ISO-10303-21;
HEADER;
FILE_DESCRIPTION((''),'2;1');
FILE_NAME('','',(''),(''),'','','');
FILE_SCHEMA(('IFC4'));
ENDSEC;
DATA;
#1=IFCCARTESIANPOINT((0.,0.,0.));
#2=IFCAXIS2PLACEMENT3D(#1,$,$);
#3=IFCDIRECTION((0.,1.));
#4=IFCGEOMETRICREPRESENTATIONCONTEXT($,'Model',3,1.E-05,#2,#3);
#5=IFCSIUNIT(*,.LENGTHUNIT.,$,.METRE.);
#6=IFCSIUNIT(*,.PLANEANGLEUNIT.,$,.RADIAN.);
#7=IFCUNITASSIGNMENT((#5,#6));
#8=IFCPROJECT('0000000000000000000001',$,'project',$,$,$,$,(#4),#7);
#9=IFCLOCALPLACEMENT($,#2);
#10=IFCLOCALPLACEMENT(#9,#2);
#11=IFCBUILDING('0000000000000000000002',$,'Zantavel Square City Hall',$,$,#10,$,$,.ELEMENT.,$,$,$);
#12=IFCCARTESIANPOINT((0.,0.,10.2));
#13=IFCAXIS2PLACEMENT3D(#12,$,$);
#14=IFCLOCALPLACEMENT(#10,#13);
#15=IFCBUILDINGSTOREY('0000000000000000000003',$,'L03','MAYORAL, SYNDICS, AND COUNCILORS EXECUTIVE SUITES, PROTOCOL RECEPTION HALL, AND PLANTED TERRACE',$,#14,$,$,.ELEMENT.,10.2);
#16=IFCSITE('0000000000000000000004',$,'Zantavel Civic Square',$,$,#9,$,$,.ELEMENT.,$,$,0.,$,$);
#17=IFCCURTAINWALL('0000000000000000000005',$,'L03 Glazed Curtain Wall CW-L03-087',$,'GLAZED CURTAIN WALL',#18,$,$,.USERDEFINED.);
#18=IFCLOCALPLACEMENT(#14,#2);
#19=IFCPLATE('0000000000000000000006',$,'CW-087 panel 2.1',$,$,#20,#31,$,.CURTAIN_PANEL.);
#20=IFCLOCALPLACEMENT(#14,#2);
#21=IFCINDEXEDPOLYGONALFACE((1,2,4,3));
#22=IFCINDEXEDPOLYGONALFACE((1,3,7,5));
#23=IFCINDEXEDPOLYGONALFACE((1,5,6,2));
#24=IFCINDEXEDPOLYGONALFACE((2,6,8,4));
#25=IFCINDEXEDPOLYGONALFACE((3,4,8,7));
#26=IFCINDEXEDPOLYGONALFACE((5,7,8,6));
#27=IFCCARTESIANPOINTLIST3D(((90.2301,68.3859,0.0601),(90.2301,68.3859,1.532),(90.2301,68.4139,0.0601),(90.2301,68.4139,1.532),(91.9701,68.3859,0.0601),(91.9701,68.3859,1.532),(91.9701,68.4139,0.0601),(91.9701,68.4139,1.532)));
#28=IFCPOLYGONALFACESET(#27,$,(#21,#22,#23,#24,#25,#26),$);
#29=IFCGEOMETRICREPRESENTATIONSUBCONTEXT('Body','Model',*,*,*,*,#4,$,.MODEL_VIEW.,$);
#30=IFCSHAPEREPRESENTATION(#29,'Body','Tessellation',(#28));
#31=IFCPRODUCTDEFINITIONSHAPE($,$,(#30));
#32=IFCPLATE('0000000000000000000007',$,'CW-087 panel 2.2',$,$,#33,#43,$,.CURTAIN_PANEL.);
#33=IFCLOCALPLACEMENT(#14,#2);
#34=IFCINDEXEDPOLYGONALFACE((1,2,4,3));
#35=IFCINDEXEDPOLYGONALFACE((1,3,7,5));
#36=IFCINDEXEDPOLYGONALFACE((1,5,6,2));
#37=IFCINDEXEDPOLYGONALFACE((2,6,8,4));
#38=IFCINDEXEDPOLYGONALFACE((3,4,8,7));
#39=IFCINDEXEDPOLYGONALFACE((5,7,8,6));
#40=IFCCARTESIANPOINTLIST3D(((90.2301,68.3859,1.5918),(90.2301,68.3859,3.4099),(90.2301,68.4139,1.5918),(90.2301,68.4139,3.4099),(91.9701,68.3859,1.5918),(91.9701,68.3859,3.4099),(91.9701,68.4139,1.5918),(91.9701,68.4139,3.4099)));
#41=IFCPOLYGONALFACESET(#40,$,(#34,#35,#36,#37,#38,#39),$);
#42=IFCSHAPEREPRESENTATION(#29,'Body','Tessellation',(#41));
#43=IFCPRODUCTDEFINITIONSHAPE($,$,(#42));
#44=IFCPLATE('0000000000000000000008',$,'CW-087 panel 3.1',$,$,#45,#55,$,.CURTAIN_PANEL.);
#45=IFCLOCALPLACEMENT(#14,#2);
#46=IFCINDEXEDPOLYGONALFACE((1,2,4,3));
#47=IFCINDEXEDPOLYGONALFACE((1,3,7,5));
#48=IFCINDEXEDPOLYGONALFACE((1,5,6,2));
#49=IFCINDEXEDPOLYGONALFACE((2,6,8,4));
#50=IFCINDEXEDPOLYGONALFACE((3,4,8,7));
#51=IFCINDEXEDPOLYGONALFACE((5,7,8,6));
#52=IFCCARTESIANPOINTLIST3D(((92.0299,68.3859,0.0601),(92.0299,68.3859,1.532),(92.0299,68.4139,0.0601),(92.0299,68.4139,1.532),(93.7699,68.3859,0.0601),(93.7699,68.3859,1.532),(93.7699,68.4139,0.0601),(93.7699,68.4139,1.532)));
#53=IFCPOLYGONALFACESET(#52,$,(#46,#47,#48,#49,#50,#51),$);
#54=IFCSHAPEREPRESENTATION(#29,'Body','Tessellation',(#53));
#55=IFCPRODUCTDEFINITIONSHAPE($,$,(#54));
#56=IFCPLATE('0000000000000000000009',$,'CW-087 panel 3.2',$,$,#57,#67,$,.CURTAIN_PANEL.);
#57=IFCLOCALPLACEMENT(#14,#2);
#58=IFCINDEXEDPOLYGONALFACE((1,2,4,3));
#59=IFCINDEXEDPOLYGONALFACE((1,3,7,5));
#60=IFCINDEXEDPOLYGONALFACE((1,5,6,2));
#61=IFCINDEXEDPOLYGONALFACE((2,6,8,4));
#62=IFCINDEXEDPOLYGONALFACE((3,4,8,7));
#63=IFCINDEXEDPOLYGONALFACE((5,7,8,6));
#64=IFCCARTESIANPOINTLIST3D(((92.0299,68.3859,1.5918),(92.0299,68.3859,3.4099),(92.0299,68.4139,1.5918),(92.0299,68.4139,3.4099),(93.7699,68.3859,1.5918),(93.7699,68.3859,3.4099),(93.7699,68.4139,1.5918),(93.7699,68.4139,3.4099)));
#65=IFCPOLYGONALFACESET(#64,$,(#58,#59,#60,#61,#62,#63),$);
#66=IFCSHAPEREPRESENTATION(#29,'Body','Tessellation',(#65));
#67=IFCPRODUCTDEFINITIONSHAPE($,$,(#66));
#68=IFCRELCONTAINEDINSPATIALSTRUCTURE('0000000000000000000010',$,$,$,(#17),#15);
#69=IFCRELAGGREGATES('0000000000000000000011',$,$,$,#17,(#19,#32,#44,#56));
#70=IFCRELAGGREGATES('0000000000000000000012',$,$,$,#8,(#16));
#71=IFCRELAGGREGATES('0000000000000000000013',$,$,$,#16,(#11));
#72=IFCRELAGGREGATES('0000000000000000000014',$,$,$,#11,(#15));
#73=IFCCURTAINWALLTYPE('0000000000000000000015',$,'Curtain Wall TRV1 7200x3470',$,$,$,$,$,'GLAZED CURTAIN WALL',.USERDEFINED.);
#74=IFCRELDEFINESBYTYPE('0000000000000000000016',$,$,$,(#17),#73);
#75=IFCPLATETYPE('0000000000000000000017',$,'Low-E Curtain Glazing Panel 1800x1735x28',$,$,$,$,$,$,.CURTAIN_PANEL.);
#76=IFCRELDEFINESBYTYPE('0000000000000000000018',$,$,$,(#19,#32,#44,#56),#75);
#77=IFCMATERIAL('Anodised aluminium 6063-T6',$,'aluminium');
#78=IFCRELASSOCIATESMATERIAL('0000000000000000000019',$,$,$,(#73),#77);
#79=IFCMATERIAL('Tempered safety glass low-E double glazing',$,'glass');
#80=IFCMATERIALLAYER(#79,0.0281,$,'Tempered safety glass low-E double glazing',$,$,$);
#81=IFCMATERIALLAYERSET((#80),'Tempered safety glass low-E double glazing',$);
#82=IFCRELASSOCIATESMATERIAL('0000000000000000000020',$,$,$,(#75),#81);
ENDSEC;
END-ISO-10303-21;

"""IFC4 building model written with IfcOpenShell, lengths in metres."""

from ifc_helpers import new_model, si_unit, direction, frame, origin, origin_2d, place, context, subcontext, project, spatial, rectangle, extrude, material, layer, layer_set, type_object, element, aggregate, save


model = new_model("IFC4")

# Units and contexts
model_context = context("Model", 3, precision=1e-05, world=origin(), true_north=direction((0.0, 1.0)))
body_context = subcontext(model_context, "Body", "Model", "MODEL_VIEW")
ifc_project = project(units=[si_unit("LENGTHUNIT", "METRE"), si_unit("PLANEANGLEUNIT", "RADIAN")], contexts=[model_context])

# Site, building, storey
site_placement = place(None, origin())
site = spatial("IfcSite", under=ifc_project, at=site_placement, Name="Zantavel Civic Square", CompositionType="ELEMENT", RefElevation=0.0)
building_placement = place(site_placement, origin())
building = spatial("IfcBuilding", under=site, at=building_placement, Name="Zantavel Square City Hall", CompositionType="ELEMENT")
storey_placement = place(building_placement, frame((0.0, 0.0, 10.2)))
storey = spatial("IfcBuildingStorey", under=building, at=storey_placement, Name="L03", Description="MAYORAL, SYNDICS, AND COUNCILORS EXECUTIVE SUITES, PROTOCOL RECEPTION HALL, AND PLANTED TERRACE", CompositionType="ELEMENT", Elevation=10.2)

# Shared definitions
ifc_material_1 = material(Name="Anodised aluminium 6063-T6", Category="aluminium")
curtain_wall_type = type_object("IfcCurtainWallType", Name="Curtain Wall TRV1 7200x3470", ElementType="GLAZED CURTAIN WALL", PredefinedType="USERDEFINED", material=ifc_material_1)

# Curtain wall
curtain_wall_1_placement = place(storey_placement, origin())
curtain_wall_1 = element("IfcCurtainWall", 1, at=curtain_wall_1_placement, inside=storey, type_object=curtain_wall_type, Name="L03 Glazed Curtain Wall CW-L03-087", ObjectType="GLAZED CURTAIN WALL", PredefinedType="USERDEFINED")

# Plates
ifc_material_2 = material(Name="Tempered safety glass low-E double glazing", Category="glass")
ifc_layer = layer(ifc_material_2, 0.0281, Name="Tempered safety glass low-E double glazing")
ifc_layer_set = layer_set([ifc_layer], Name="Tempered safety glass low-E double glazing")
plate_type = type_object("IfcPlateType", Name="Low-E Curtain Glazing Panel 1800x1735x28", PredefinedType="CURTAIN_PANEL", material=ifc_layer_set)
plate_1_placement = place(storey_placement, frame((91.1001, 68.3999, 0.0601), z_axis=(0.0, 0.0, 1.0), x_axis=(1.0, 0.0, 0.0)))
plate_1 = element("IfcPlate", 2, at=plate_1_placement, type_object=plate_type, Name="CW-087 panel 2.1", PredefinedType="CURTAIN_PANEL", context=body_context, shape_type="SweptSolid", body=[
    extrude(rectangle(XDim=1.74, YDim=0.0281, at=origin_2d()), origin(), (0.0, 0.0, 1.0), 1.4719),
])
plate_2_placement = place(storey_placement, frame((91.1001, 68.3999, 1.5918), z_axis=(0.0, 0.0, 1.0), x_axis=(1.0, 0.0, 0.0)))
plate_2 = element("IfcPlate", 3, at=plate_2_placement, type_object=plate_type, Name="CW-087 panel 2.2", PredefinedType="CURTAIN_PANEL", context=body_context, shape_type="SweptSolid", body=[
    extrude(rectangle(XDim=1.74, YDim=0.0281, at=origin_2d()), origin(), (0.0, 0.0, 1.0), 1.8181),
])
plate_3_placement = place(storey_placement, frame((92.8999, 68.3999, 0.0601), z_axis=(0.0, 0.0, 1.0), x_axis=(1.0, 0.0, 0.0)))
plate_3 = element("IfcPlate", 4, at=plate_3_placement, type_object=plate_type, Name="CW-087 panel 3.1", PredefinedType="CURTAIN_PANEL", context=body_context, shape_type="SweptSolid", body=[
    extrude(rectangle(XDim=1.74, YDim=0.0281, at=origin_2d()), origin(), (0.0, 0.0, 1.0), 1.4719),
])
plate_4_placement = place(storey_placement, frame((92.8999, 68.3999, 1.5918), z_axis=(0.0, 0.0, 1.0), x_axis=(1.0, 0.0, 0.0)))
plate_4 = element("IfcPlate", 5, at=plate_4_placement, type_object=plate_type, Name="CW-087 panel 3.2", PredefinedType="CURTAIN_PANEL", context=body_context, shape_type="SweptSolid", body=[
    extrude(rectangle(XDim=1.74, YDim=0.0281, at=origin_2d()), origin(), (0.0, 0.0, 1.0), 1.8181),
])
aggregate(curtain_wall_1, [plate_1, plate_2, plate_3, plate_4])

save(model, "model.ifc")
